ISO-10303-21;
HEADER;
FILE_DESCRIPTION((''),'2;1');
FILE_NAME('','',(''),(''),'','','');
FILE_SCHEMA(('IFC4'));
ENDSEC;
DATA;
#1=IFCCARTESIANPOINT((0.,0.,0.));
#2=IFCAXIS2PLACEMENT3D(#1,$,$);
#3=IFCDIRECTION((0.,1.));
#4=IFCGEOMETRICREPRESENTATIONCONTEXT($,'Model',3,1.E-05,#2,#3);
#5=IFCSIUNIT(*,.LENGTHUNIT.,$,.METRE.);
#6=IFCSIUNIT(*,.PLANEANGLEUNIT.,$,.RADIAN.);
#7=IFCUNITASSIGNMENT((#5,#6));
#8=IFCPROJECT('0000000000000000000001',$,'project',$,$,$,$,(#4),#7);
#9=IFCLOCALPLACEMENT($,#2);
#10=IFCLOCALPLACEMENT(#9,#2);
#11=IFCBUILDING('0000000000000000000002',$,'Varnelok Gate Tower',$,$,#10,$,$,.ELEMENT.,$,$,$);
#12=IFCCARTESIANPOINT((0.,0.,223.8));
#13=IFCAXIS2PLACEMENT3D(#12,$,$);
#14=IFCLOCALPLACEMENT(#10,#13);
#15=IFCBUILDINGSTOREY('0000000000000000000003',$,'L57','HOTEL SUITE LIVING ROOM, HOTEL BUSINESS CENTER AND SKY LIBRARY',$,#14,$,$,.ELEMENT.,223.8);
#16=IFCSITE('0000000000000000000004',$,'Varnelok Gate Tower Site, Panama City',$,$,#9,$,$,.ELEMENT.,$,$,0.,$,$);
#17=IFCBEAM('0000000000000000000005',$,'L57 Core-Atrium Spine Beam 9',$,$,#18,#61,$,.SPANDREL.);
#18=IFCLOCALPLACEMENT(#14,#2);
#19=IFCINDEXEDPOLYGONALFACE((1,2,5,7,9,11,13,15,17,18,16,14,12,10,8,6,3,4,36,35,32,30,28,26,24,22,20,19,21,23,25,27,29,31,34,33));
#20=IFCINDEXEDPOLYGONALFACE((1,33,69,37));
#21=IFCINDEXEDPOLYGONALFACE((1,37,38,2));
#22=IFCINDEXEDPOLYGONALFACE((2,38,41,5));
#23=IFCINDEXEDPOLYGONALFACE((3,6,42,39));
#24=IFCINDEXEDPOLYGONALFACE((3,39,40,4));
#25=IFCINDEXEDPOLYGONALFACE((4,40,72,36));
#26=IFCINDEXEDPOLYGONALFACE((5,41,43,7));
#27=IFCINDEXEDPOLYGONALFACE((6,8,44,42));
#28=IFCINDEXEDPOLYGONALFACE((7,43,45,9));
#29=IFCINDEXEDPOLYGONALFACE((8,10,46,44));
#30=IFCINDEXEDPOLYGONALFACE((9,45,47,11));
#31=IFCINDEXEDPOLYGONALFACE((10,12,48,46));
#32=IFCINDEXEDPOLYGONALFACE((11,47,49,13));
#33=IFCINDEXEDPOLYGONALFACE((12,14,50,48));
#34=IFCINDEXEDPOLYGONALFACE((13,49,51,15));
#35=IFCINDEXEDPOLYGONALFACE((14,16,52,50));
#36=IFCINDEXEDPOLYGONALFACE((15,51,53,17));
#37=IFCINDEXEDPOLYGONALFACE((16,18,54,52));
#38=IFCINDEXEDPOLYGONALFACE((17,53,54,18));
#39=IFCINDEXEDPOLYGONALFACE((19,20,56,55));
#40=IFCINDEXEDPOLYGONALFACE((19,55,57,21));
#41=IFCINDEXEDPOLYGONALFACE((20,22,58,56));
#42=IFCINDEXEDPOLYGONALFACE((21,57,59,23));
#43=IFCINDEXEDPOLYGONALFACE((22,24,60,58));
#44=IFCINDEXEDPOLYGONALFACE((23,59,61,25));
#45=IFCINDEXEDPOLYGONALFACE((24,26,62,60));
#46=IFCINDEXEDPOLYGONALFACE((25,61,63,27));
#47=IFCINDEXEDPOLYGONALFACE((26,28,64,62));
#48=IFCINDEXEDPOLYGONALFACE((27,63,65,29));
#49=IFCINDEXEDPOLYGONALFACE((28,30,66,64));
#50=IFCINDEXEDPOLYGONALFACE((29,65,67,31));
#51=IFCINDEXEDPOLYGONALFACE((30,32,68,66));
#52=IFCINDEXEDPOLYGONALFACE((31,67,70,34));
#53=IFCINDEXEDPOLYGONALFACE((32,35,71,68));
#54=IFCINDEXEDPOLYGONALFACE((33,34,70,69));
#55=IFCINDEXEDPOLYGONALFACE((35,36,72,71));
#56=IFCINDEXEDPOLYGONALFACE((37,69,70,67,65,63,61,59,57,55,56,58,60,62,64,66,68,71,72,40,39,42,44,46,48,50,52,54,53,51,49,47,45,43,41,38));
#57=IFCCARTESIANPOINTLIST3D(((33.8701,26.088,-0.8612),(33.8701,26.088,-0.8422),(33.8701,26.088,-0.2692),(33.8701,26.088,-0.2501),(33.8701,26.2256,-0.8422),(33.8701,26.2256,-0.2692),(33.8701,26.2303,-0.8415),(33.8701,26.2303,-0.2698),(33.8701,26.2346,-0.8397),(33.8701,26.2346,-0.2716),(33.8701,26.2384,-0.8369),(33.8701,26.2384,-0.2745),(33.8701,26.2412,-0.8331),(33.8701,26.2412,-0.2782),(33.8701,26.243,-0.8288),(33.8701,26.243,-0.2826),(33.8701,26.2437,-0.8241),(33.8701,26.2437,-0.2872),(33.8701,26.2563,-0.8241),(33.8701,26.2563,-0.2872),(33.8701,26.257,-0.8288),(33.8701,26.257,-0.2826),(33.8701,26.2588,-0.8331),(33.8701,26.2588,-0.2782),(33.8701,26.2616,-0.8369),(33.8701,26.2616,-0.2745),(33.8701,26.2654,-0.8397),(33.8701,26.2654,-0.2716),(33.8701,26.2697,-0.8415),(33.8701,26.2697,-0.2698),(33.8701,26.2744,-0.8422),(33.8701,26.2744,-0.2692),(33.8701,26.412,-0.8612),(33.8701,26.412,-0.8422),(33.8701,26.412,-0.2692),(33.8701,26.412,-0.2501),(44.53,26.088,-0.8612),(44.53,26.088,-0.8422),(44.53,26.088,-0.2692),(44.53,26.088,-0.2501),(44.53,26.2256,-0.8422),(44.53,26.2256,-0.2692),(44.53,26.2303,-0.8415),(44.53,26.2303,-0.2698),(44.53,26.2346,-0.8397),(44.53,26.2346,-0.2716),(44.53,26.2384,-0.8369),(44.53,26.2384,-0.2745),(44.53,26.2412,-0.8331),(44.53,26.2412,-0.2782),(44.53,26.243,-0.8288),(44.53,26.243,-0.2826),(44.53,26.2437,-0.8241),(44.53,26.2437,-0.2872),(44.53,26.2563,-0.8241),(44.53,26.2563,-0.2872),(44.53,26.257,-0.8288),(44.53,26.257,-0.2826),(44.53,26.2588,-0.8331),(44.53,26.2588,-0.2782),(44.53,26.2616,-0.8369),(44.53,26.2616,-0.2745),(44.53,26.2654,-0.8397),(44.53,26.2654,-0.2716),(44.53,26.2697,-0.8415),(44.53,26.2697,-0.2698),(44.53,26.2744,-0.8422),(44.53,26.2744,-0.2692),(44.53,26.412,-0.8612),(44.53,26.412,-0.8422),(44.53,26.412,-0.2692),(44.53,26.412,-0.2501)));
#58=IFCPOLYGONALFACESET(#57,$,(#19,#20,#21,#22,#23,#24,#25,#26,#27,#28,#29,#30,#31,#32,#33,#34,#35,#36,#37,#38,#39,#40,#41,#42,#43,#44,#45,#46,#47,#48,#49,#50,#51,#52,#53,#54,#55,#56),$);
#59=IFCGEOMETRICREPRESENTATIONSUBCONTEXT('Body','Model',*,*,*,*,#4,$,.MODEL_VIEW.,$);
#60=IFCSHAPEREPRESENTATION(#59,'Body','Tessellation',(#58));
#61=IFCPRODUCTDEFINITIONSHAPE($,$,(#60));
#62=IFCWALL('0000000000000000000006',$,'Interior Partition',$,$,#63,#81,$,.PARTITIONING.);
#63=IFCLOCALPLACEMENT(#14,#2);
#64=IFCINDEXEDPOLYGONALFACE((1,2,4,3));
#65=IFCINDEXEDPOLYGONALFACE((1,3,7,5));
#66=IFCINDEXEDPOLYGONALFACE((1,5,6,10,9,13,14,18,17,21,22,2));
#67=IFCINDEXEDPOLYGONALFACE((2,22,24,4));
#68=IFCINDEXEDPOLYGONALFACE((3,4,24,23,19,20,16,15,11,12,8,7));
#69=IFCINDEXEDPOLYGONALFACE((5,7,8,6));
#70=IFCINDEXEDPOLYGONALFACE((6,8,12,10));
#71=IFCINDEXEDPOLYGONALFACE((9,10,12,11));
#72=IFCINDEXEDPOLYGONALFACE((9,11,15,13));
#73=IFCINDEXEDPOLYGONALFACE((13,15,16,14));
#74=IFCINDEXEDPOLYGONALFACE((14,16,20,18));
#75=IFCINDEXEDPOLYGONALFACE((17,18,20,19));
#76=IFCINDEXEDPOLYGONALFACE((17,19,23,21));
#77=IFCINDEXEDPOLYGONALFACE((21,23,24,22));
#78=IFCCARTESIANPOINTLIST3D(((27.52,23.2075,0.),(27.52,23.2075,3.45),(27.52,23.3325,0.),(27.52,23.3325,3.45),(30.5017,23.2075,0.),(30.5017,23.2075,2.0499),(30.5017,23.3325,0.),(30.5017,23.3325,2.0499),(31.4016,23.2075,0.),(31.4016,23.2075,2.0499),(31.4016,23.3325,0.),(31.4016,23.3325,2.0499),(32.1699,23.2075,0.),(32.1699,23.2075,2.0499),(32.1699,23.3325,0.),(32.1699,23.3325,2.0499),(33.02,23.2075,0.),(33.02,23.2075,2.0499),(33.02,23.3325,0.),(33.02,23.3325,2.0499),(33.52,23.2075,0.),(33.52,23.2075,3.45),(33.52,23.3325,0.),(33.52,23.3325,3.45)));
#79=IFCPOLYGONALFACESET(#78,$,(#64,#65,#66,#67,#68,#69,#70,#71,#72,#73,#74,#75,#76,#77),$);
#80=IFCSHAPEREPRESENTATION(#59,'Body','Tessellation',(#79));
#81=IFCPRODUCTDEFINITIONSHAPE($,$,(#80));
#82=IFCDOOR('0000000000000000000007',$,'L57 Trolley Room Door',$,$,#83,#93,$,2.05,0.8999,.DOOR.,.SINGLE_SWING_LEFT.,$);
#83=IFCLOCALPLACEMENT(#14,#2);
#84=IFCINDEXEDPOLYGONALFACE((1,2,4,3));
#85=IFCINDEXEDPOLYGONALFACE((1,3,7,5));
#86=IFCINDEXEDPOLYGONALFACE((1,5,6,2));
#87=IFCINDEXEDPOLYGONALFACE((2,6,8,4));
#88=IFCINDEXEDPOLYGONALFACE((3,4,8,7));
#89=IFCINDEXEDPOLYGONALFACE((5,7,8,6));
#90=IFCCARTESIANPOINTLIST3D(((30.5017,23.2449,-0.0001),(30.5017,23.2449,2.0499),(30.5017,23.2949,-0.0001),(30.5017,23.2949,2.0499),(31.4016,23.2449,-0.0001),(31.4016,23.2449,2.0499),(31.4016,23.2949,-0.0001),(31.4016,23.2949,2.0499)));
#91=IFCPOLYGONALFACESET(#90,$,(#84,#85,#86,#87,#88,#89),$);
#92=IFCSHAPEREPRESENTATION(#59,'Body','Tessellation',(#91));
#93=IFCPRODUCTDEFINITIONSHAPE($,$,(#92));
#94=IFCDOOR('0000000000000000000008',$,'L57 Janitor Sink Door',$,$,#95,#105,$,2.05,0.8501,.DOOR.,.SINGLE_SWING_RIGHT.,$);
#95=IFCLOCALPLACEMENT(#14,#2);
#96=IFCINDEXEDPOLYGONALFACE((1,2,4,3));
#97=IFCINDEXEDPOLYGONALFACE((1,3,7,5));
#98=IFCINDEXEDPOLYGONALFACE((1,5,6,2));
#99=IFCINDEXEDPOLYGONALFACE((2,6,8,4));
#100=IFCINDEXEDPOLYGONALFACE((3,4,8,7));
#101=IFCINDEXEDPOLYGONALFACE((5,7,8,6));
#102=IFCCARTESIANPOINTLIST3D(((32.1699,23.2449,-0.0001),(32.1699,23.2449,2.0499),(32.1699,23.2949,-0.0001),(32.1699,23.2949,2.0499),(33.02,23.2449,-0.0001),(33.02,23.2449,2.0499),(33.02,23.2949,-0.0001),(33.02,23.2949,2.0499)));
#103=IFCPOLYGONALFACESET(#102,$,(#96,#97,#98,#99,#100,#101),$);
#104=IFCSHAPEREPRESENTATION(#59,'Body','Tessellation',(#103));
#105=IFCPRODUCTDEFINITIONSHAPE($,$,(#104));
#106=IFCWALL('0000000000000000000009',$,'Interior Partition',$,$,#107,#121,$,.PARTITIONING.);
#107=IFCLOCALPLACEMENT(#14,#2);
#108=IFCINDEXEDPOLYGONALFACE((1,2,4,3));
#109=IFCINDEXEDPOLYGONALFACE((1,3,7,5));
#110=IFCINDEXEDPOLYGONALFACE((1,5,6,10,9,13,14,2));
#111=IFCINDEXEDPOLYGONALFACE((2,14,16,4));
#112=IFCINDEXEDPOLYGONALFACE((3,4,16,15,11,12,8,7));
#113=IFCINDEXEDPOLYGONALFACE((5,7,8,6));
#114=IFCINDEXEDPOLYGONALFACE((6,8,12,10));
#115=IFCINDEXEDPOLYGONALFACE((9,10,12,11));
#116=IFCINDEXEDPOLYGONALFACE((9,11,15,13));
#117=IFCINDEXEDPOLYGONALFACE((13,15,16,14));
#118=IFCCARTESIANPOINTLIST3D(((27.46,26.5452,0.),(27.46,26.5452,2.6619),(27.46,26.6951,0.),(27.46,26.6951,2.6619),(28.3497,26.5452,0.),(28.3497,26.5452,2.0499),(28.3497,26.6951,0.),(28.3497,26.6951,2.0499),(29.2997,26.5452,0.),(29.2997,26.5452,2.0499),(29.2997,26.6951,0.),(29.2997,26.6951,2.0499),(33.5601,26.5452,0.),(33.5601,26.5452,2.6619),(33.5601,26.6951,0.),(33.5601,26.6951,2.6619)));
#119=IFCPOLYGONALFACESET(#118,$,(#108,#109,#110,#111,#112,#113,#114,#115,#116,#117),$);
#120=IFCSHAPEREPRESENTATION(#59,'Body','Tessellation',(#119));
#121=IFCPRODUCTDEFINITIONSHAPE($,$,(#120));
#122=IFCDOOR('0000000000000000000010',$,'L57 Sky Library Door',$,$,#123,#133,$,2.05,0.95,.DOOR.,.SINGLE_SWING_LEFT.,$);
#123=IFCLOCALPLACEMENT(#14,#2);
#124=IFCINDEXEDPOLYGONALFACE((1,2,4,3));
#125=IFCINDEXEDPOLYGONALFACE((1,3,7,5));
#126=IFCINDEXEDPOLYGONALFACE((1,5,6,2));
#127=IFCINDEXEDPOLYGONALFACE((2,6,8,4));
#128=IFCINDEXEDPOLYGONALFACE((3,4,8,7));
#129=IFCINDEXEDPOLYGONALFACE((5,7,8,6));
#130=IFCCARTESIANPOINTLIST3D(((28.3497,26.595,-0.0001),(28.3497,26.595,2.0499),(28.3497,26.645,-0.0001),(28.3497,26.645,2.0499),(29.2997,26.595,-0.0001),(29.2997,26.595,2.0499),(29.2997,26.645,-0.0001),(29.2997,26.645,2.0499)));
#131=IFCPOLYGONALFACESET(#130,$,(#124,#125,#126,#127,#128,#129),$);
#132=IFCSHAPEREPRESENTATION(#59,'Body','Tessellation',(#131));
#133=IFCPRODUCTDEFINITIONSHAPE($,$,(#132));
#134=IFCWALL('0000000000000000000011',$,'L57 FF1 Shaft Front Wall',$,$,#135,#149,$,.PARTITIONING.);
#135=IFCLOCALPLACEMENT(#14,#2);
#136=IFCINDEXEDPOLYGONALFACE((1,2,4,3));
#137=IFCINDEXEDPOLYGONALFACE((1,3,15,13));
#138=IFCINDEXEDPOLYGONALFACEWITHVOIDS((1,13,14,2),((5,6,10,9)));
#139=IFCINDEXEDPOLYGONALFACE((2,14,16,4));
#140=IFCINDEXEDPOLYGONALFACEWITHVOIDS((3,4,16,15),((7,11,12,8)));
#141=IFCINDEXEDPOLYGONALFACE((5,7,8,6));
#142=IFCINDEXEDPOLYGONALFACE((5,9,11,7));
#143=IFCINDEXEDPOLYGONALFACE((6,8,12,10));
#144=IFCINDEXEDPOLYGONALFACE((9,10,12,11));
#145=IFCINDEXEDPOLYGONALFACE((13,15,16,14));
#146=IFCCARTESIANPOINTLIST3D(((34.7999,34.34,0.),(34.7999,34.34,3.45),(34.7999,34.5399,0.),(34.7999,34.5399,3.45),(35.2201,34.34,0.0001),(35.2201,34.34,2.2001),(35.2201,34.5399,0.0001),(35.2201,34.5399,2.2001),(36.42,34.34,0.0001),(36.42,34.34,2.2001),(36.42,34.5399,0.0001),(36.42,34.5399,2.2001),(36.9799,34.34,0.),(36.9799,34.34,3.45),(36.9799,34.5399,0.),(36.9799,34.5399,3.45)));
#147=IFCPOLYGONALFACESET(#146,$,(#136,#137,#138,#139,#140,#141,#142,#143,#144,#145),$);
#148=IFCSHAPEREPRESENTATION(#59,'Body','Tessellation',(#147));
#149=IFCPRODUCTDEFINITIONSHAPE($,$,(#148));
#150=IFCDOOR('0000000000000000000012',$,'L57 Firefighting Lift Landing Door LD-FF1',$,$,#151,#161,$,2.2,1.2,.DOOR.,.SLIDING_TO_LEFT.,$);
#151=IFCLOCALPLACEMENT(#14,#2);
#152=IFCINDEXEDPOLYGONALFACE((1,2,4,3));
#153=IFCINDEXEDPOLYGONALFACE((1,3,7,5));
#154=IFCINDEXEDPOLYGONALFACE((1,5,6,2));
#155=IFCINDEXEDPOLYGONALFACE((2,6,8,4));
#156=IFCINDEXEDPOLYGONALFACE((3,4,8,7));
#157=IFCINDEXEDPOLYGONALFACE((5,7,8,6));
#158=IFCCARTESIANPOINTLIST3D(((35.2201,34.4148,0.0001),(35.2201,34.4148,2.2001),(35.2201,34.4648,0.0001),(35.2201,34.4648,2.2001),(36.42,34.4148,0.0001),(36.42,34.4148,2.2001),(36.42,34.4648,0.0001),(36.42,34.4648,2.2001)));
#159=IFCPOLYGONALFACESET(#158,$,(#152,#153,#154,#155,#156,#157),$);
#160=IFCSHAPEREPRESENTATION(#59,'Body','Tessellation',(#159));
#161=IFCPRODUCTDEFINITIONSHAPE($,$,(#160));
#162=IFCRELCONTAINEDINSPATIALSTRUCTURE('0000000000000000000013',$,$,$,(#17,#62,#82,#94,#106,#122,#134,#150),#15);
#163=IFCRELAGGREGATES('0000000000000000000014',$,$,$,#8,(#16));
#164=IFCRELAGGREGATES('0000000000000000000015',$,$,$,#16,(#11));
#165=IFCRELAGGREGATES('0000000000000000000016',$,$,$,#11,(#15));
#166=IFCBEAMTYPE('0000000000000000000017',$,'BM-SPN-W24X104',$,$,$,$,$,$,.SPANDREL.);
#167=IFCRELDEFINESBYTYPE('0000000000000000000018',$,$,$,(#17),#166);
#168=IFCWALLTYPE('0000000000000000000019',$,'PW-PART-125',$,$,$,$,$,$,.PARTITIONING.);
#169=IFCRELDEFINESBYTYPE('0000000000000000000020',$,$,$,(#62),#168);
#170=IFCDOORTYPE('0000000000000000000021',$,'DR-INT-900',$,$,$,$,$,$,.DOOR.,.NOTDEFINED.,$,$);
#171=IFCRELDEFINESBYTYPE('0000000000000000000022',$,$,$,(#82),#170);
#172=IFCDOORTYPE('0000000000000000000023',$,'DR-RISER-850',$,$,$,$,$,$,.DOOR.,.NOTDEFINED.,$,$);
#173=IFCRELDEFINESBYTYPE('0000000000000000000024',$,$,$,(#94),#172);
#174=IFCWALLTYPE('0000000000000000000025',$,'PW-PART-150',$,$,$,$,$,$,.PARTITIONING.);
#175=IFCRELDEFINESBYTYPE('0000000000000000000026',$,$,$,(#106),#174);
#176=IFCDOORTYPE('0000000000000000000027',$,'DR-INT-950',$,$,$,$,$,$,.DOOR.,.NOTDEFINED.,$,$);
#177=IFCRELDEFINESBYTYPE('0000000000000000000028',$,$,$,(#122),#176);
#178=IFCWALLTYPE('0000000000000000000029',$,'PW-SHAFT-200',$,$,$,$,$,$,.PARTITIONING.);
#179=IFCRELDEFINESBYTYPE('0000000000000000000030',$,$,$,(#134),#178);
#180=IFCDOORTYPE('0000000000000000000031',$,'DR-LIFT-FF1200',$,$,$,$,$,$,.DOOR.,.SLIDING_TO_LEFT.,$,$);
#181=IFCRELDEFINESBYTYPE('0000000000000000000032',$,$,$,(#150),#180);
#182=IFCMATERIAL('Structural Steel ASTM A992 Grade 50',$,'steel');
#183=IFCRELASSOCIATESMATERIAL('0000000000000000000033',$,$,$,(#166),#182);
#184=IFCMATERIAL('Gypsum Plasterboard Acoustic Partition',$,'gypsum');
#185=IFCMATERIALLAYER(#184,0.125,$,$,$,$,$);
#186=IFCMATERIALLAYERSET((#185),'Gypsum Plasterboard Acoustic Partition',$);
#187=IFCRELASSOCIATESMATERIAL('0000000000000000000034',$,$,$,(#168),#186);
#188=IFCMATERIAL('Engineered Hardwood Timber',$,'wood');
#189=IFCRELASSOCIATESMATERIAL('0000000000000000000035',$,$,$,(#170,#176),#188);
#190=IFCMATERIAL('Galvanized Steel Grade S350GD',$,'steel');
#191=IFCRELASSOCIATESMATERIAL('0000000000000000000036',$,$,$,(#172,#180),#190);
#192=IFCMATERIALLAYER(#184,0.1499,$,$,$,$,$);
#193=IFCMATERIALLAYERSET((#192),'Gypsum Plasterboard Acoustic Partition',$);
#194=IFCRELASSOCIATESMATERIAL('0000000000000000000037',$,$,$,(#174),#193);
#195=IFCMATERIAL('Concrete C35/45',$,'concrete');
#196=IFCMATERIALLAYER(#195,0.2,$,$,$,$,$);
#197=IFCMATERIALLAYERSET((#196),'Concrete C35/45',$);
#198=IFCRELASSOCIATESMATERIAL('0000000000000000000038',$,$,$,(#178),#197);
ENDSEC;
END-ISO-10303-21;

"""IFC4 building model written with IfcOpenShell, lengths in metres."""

from ifc_helpers import new_model, si_unit, direction, frame, frame_2d, origin, origin_2d, place, context, subcontext, project, spatial, rectangle, i_section, extrude, material, layer, layer_set, material_profile, profile_set, type_object, element, fill, save


model = new_model("IFC4")

# Units and contexts
model_context = context("Model", 3, precision=1e-05, world=origin(), true_north=direction((0.0, 1.0)))
body_context = subcontext(model_context, "Body", "Model", "MODEL_VIEW")
ifc_project = project(units=[si_unit("LENGTHUNIT", "METRE"), si_unit("PLANEANGLEUNIT", "RADIAN")], contexts=[model_context])

# Site, building, storey
site_placement = place(None, origin())
site = spatial("IfcSite", under=ifc_project, at=site_placement, Name="Varnelok Gate Tower Site, Panama City", CompositionType="ELEMENT", RefElevation=0.0)
building_placement = place(site_placement, origin())
building = spatial("IfcBuilding", under=site, at=building_placement, Name="Varnelok Gate Tower", CompositionType="ELEMENT")
storey_placement = place(building_placement, frame((0.0, 0.0, 223.8)))
storey = spatial("IfcBuildingStorey", under=building, at=storey_placement, Name="L57", Description="HOTEL SUITE LIVING ROOM, HOTEL BUSINESS CENTER AND SKY LIBRARY", CompositionType="ELEMENT", Elevation=223.8)

# Shared definitions
ifc_material_1 = material(Name="Structural Steel ASTM A992 Grade 50", Category="steel")

# Beam
ifc_material_profile_1 = material_profile(ifc_material_1, i_section(OverallWidth=0.324, OverallDepth=0.6111, WebThickness=0.0127, FlangeThickness=0.019, FilletRadius=0.0181, at=origin_2d()), Name="W24X104")
ifc_profile_set_1 = profile_set([ifc_material_profile_1], Name="Structural Steel ASTM A992 Grade 50")
beam_type_1 = type_object("IfcBeamType", Name="BM-SPN-W24X104", PredefinedType="SPANDREL", material=ifc_profile_set_1)
beam_1_placement = place(storey_placement, frame((33.8701, 26.25, -0.5557), z_axis=(1.0, 0.0, 0.0), x_axis=(0.0, 1.0, 0.0)))
element("IfcBeam", 1, at=beam_1_placement, inside=storey, type_object=beam_type_1, Name="L57 Core-Atrium Spine Beam 9", PredefinedType="SPANDREL", context=body_context, shape_type="SweptSolid", body=[
    extrude(i_section(OverallWidth=0.324, OverallDepth=0.6111, WebThickness=0.0127, FlangeThickness=0.019, FilletRadius=0.0181, at=origin_2d()), origin(), (0.0, 0.0, 1.0), 10.6599),
])

# Wall, openings, doors
ifc_material_2 = material(Name="Gypsum Plasterboard Acoustic Partition", Category="gypsum")
ifc_layer_1 = layer(ifc_material_2, 0.125)
ifc_layer_set_1 = layer_set([ifc_layer_1], Name="Gypsum Plasterboard Acoustic Partition")
wall_type_1 = type_object("IfcWallType", Name="PW-PART-125", PredefinedType="PARTITIONING", material=ifc_layer_set_1)
wall_1_placement = place(storey_placement, frame((27.52, 23.27, 0.0), z_axis=(0.0, 0.0, 1.0), x_axis=(1.0, 0.0, 0.0)))
wall_1 = element("IfcWall", 2, at=wall_1_placement, inside=storey, type_object=wall_type_1, Name="Interior Partition", PredefinedType="PARTITIONING", context=body_context, shape_type="SweptSolid", body=[
    extrude(rectangle(XDim=6.0, YDim=0.125, at=frame_2d((3.0, 0.0))), origin(), (0.0, 0.0, 1.0), 3.45),
])
opening_1_placement = place(wall_1_placement, frame((2.9817, 0.0, 0.0)))
opening_1 = element("IfcOpeningElement", 3, at=opening_1_placement, cuts=wall_1, PredefinedType="OPENING", context=body_context, shape_type="SweptSolid", body=[
    extrude(rectangle(XDim=0.8999, YDim=2.05, at=frame_2d((0.45, 1.0249))), frame((0.0, 0.0725, 0.0), z_axis=(0.0, -1.0, 0.0), x_axis=(1.0, 0.0, 0.0)), (0.0, 0.0, 1.0), 0.145),
])
opening_2_placement = place(wall_1_placement, frame((4.6499, 0.0, 0.0)))
opening_2 = element("IfcOpeningElement", 4, at=opening_2_placement, cuts=wall_1, PredefinedType="OPENING", context=body_context, shape_type="SweptSolid", body=[
    extrude(rectangle(XDim=0.8501, YDim=2.05, at=frame_2d((0.425, 1.0249))), frame((0.0, 0.0725, 0.0), z_axis=(0.0, -1.0, 0.0), x_axis=(1.0, 0.0, 0.0)), (0.0, 0.0, 1.0), 0.145),
])
ifc_material_3 = material(Name="Engineered Hardwood Timber", Category="wood")
door_type_1 = type_object("IfcDoorType", Name="DR-INT-900", OperationType="NOTDEFINED", PredefinedType="DOOR", material=ifc_material_3)
door_1_placement = place(opening_1_placement, origin())
door_1 = element("IfcDoor", 5, at=door_1_placement, inside=storey, type_object=door_type_1, Name="L57 Trolley Room Door", OperationType="SINGLE_SWING_LEFT", OverallHeight=2.05, OverallWidth=0.8999, PredefinedType="DOOR", context=body_context, shape_type="SweptSolid", body=[
    extrude(rectangle(XDim=0.8999, YDim=2.05, at=frame_2d((0.45, 1.0249))), frame((0.0, 0.0249, 0.0), z_axis=(0.0, -1.0, 0.0), x_axis=(1.0, 0.0, 0.0)), (0.0, 0.0, 1.0), 0.05),
])
fill(opening_1, door_1)
ifc_material_4 = material(Name="Galvanized Steel Grade S350GD", Category="steel")
door_type_2 = type_object("IfcDoorType", Name="DR-RISER-850", OperationType="NOTDEFINED", PredefinedType="DOOR", material=ifc_material_4)
door_2_placement = place(opening_2_placement, origin())
door_2 = element("IfcDoor", 6, at=door_2_placement, inside=storey, type_object=door_type_2, Name="L57 Janitor Sink Door", OperationType="SINGLE_SWING_RIGHT", OverallHeight=2.05, OverallWidth=0.8501, PredefinedType="DOOR", context=body_context, shape_type="SweptSolid", body=[
    extrude(rectangle(XDim=0.8501, YDim=2.05, at=frame_2d((0.425, 1.0249))), frame((0.0, 0.0249, 0.0), z_axis=(0.0, -1.0, 0.0), x_axis=(1.0, 0.0, 0.0)), (0.0, 0.0, 1.0), 0.05),
])
fill(opening_2, door_2)

# Walls, openings, doors
ifc_layer_2 = layer(ifc_material_2, 0.1499)
ifc_layer_set_2 = layer_set([ifc_layer_2], Name="Gypsum Plasterboard Acoustic Partition")
wall_type_2 = type_object("IfcWallType", Name="PW-PART-150", PredefinedType="PARTITIONING", material=ifc_layer_set_2)
wall_2_placement = place(storey_placement, frame((27.46, 26.6201, 0.0), z_axis=(0.0, 0.0, 1.0), x_axis=(1.0, 0.0, 0.0)))
wall_2 = element("IfcWall", 7, at=wall_2_placement, inside=storey, type_object=wall_type_2, Name="Interior Partition", PredefinedType="PARTITIONING", context=body_context, shape_type="SweptSolid", body=[
    extrude(rectangle(XDim=6.1001, YDim=0.1499, at=frame_2d((3.05, 0.0))), origin(), (0.0, 0.0, 1.0), 2.6619),
])
opening_3_placement = place(wall_2_placement, frame((0.8896, 0.0, 0.0)))
opening_3 = element("IfcOpeningElement", 8, at=opening_3_placement, cuts=wall_2, PredefinedType="OPENING", context=body_context, shape_type="SweptSolid", body=[
    extrude(rectangle(XDim=0.95, YDim=2.05, at=frame_2d((0.4751, 1.0249))), frame((0.0, 0.085, 0.0), z_axis=(0.0, -1.0, 0.0), x_axis=(1.0, 0.0, 0.0)), (0.0, 0.0, 1.0), 0.1699),
])
door_type_3 = type_object("IfcDoorType", Name="DR-INT-950", OperationType="NOTDEFINED", PredefinedType="DOOR", material=ifc_material_3)
door_3_placement = place(opening_3_placement, origin())
door_3 = element("IfcDoor", 9, at=door_3_placement, inside=storey, type_object=door_type_3, Name="L57 Sky Library Door", OperationType="SINGLE_SWING_LEFT", OverallHeight=2.05, OverallWidth=0.95, PredefinedType="DOOR", context=body_context, shape_type="SweptSolid", body=[
    extrude(rectangle(XDim=0.95, YDim=2.05, at=frame_2d((0.4751, 1.0249))), frame((0.0, 0.0249, 0.0), z_axis=(0.0, -1.0, 0.0), x_axis=(1.0, 0.0, 0.0)), (0.0, 0.0, 1.0), 0.05),
])
fill(opening_3, door_3)
ifc_material_5 = material(Name="Concrete C35/45", Category="concrete")
ifc_layer_3 = layer(ifc_material_5, 0.2)
ifc_layer_set_3 = layer_set([ifc_layer_3], Name="Concrete C35/45")
wall_type_3 = type_object("IfcWallType", Name="PW-SHAFT-200", PredefinedType="PARTITIONING", material=ifc_layer_set_3)
wall_3_placement = place(storey_placement, frame((34.8, 34.4399, 0.0), z_axis=(0.0, 0.0, 1.0), x_axis=(1.0, 0.0, 0.0)))
wall_3 = element("IfcWall", 10, at=wall_3_placement, inside=storey, type_object=wall_type_3, Name="L57 FF1 Shaft Front Wall", PredefinedType="PARTITIONING", context=body_context, shape_type="SweptSolid", body=[
    extrude(rectangle(XDim=2.1799, YDim=0.2, at=frame_2d((1.0898, 0.0))), origin(), (0.0, 0.0, 1.0), 3.45),
])
opening_4_placement = place(wall_3_placement, frame((0.4199, 0.0, 0.0)))
opening_4 = element("IfcOpeningElement", 11, at=opening_4_placement, cuts=wall_3, PredefinedType="OPENING", context=body_context, shape_type="SweptSolid", body=[
    extrude(rectangle(XDim=1.2, YDim=2.2, at=frame_2d((0.6001, 1.1001))), frame((0.0, 0.1099, 0.0), z_axis=(0.0, -1.0, 0.0), x_axis=(1.0, 0.0, 0.0)), (0.0, 0.0, 1.0), 0.22),
])
door_type_4 = type_object("IfcDoorType", Name="DR-LIFT-FF1200", OperationType="SLIDING_TO_LEFT", PredefinedType="DOOR", material=ifc_material_4)
door_4_placement = place(opening_4_placement, origin())
door_4 = element("IfcDoor", 12, at=door_4_placement, inside=storey, type_object=door_type_4, Name="L57 Firefighting Lift Landing Door LD-FF1", OperationType="SLIDING_TO_LEFT", OverallHeight=2.2, OverallWidth=1.2, PredefinedType="DOOR", context=body_context, shape_type="SweptSolid", body=[
    extrude(rectangle(XDim=1.2, YDim=2.2, at=frame_2d((0.6001, 1.1001))), frame((0.0, 0.0249, 0.0), z_axis=(0.0, -1.0, 0.0), x_axis=(1.0, 0.0, 0.0)), (0.0, 0.0, 1.0), 0.05),
])
fill(opening_4, door_4)

save(model, "model.ifc")
